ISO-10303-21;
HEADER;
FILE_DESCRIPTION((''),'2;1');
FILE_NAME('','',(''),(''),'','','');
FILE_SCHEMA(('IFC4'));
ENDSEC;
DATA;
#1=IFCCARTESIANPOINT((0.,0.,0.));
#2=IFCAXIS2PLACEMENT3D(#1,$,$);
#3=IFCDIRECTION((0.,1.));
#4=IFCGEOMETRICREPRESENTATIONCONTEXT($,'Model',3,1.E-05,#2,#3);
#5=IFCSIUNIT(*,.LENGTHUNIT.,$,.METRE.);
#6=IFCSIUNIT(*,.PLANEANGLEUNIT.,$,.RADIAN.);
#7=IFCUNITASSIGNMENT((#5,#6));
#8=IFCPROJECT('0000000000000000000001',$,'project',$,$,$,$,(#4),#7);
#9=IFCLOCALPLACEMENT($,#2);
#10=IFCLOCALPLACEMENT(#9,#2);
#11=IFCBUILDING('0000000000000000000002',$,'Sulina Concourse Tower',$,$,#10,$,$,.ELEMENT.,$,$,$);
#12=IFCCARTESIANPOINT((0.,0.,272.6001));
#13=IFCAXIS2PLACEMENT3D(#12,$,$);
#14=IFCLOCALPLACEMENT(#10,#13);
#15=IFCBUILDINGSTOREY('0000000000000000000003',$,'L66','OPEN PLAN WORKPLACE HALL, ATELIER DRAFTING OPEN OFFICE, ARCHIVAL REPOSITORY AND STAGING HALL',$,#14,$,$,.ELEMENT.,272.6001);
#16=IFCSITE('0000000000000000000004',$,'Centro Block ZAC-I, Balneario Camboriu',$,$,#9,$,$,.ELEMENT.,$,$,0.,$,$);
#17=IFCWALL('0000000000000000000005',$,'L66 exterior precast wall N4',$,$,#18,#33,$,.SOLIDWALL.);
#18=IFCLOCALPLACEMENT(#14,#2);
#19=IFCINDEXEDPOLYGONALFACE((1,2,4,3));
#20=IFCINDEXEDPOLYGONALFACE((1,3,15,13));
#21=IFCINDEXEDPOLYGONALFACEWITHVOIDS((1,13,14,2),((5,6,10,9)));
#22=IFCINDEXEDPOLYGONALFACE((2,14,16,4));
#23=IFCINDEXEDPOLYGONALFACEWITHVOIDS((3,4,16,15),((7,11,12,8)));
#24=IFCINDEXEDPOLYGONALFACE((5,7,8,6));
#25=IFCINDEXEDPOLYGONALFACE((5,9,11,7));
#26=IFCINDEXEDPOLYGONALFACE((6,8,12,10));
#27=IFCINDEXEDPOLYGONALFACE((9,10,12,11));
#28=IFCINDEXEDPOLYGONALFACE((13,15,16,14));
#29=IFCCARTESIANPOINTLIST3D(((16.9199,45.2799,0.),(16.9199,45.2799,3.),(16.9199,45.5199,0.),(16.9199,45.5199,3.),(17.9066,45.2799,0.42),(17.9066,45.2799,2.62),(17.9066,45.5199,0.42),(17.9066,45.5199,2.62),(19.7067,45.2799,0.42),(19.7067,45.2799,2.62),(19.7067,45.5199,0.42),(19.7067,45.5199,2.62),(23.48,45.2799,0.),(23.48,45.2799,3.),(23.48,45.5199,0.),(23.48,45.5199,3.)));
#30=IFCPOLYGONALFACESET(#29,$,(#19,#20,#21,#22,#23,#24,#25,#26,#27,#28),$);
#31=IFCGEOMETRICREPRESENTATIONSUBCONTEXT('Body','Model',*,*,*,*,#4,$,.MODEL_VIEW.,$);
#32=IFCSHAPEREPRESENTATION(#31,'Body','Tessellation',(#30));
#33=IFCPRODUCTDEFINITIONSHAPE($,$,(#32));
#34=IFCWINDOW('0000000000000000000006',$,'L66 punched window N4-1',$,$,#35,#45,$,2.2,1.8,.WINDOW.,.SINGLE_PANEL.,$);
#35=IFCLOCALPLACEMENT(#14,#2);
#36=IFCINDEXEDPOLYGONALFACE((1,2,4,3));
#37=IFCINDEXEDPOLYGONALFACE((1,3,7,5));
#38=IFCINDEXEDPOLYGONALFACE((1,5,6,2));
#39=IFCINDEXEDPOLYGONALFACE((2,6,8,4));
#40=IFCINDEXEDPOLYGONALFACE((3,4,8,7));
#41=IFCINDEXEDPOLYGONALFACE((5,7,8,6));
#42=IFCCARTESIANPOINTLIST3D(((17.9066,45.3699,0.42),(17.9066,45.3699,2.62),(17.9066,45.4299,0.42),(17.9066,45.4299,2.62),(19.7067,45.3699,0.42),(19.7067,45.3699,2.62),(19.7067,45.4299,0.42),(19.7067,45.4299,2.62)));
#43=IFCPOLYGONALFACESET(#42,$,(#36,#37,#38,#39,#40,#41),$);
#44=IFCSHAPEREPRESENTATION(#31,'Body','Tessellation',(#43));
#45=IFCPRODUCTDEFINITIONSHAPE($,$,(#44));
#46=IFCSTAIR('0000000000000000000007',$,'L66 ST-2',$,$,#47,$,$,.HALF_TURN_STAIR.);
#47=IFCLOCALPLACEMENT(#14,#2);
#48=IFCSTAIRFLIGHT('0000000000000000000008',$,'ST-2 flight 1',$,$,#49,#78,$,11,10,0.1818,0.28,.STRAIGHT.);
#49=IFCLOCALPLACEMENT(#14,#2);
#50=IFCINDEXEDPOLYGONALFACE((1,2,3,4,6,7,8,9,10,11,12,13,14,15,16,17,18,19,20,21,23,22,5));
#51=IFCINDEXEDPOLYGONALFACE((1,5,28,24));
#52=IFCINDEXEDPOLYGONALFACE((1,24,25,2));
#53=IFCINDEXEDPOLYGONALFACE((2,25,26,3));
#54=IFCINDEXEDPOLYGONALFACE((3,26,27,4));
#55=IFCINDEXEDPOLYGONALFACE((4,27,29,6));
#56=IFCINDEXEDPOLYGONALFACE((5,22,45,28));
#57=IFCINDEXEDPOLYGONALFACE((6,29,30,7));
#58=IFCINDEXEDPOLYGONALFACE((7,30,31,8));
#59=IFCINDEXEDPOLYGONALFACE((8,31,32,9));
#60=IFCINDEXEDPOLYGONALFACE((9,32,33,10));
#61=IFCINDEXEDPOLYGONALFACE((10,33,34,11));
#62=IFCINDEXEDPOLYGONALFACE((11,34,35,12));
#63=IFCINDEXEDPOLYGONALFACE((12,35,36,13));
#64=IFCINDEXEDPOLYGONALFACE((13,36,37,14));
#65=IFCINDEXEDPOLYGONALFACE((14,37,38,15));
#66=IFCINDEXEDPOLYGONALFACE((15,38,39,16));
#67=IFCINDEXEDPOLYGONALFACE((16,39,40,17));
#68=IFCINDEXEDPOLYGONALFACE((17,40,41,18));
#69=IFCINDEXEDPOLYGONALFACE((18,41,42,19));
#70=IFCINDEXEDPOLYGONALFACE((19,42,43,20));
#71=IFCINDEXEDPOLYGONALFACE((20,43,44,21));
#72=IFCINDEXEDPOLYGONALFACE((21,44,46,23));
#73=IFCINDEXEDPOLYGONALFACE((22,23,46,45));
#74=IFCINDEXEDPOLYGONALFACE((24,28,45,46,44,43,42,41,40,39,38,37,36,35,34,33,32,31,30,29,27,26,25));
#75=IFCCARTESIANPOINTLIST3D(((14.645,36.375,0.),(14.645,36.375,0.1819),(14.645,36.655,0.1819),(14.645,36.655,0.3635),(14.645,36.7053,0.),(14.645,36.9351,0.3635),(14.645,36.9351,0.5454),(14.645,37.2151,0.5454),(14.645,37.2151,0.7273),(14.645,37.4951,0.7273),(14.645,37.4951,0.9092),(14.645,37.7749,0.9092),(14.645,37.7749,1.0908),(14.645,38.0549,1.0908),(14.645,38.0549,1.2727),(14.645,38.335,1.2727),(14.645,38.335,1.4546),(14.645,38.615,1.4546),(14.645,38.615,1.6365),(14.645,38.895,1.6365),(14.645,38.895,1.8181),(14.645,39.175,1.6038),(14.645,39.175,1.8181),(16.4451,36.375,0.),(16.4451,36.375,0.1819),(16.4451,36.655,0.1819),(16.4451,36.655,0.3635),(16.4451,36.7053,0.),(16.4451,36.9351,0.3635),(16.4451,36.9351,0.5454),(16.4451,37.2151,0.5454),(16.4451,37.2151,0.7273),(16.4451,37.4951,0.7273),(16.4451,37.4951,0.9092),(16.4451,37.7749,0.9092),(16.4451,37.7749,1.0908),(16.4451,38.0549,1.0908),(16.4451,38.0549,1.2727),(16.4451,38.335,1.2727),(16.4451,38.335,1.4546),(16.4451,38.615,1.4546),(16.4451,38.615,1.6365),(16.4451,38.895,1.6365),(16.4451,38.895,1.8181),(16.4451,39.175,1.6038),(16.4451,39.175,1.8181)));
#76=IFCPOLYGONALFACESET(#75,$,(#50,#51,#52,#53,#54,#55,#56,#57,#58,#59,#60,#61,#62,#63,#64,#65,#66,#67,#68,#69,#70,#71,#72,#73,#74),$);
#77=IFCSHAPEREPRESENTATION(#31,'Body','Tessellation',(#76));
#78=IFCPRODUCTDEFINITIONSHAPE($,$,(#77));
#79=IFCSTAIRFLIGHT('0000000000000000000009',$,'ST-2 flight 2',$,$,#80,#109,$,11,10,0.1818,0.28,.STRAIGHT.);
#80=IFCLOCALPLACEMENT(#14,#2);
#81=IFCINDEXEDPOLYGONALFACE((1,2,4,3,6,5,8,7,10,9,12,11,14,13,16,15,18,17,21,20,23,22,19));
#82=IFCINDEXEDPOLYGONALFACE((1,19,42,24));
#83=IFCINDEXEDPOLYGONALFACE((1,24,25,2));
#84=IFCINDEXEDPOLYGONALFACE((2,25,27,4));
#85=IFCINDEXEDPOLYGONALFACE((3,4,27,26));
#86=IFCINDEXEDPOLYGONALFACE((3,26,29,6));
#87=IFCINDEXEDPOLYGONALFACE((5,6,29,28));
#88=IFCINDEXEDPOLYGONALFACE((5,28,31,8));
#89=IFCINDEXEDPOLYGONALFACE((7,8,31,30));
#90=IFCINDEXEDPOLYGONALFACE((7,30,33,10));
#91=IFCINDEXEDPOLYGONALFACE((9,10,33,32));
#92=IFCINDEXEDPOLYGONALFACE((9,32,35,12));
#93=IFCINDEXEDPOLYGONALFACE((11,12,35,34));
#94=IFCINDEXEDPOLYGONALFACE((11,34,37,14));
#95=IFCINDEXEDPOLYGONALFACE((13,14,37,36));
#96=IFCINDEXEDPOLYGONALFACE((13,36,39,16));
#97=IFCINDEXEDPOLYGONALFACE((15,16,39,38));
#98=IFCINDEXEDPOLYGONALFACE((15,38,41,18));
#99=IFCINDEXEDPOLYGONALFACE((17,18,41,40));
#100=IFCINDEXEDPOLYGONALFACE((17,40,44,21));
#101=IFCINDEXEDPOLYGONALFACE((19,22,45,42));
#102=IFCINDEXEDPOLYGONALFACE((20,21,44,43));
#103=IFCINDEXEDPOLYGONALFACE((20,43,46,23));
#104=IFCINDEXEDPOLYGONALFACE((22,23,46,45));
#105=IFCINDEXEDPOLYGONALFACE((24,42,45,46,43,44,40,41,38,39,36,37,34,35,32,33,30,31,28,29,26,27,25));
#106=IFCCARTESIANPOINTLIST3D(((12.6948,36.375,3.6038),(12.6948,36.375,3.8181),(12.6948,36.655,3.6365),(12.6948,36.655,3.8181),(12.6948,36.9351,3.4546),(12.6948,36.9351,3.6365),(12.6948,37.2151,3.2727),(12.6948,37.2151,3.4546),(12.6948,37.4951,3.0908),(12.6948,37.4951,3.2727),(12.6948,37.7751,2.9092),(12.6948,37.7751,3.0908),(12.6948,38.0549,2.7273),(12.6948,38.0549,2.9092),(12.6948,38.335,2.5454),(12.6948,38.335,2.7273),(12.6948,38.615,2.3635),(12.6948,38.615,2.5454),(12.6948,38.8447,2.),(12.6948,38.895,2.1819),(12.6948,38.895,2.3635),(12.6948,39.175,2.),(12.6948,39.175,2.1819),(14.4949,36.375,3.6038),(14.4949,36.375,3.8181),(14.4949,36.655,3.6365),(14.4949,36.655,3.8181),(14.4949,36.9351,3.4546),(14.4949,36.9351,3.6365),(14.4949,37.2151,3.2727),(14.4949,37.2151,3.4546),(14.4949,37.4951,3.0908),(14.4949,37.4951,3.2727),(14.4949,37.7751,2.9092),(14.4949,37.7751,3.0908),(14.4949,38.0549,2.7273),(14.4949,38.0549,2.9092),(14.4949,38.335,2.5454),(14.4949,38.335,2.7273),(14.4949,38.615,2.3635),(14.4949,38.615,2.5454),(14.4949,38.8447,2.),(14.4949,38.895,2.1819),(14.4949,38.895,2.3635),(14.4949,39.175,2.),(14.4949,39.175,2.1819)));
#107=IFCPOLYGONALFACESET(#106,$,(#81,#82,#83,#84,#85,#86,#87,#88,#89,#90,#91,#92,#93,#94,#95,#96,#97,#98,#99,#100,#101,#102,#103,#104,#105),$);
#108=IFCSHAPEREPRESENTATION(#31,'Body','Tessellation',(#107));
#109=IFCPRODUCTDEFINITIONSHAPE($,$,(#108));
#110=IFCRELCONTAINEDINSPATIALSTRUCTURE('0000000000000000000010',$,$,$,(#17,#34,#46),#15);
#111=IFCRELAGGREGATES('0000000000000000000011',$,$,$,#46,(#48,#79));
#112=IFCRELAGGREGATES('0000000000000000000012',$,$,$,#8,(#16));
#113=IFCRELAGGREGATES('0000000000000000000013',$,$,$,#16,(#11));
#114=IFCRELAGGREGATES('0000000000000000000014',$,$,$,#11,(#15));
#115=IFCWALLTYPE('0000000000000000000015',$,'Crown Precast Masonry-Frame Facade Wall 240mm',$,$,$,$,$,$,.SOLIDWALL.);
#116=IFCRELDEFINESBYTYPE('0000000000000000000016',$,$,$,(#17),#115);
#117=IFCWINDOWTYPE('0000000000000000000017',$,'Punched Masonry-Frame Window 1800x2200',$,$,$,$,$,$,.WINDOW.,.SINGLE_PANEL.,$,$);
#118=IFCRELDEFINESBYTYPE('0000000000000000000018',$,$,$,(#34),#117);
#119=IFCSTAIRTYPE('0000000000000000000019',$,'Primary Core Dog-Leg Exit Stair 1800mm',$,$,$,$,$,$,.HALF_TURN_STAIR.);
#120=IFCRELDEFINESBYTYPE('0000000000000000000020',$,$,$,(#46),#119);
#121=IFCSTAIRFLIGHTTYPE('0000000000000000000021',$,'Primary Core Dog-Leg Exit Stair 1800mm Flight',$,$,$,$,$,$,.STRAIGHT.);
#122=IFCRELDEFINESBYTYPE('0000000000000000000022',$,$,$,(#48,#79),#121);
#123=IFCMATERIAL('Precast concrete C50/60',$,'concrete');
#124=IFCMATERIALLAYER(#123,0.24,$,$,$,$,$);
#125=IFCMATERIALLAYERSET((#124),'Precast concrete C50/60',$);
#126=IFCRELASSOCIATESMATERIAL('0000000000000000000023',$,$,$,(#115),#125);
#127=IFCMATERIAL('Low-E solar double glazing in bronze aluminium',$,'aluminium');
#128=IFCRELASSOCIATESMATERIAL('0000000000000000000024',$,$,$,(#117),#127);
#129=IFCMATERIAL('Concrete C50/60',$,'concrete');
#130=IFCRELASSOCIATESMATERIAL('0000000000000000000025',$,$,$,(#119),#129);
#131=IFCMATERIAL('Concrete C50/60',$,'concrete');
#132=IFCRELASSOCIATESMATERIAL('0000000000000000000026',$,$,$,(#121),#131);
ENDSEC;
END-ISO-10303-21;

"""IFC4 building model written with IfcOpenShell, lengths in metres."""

from ifc_helpers import new_model, si_unit, direction, frame, frame_2d, origin, place, context, subcontext, project, spatial, polyline, rectangle, outline, extrude, material, layer, layer_set, type_object, element, fill, aggregate, save


model = new_model("IFC4")

# Units and contexts
model_context = context("Model", 3, precision=1e-05, world=origin(), true_north=direction((0.0, 1.0)))
body_context = subcontext(model_context, "Body", "Model", "MODEL_VIEW")
ifc_project = project(units=[si_unit("LENGTHUNIT", "METRE"), si_unit("PLANEANGLEUNIT", "RADIAN")], contexts=[model_context])

# Site, building, storey
site_placement = place(None, origin())
site = spatial("IfcSite", under=ifc_project, at=site_placement, Name="Centro Block ZAC-I, Balneario Camboriu", CompositionType="ELEMENT", RefElevation=0.0)
building_placement = place(site_placement, origin())
building = spatial("IfcBuilding", under=site, at=building_placement, Name="Sulina Concourse Tower", CompositionType="ELEMENT")
storey_placement = place(building_placement, frame((0.0, 0.0, 272.6001)))
storey = spatial("IfcBuildingStorey", under=building, at=storey_placement, Name="L66", Description="OPEN PLAN WORKPLACE HALL, ATELIER DRAFTING OPEN OFFICE, ARCHIVAL REPOSITORY AND STAGING HALL", CompositionType="ELEMENT", Elevation=272.6001)

# Shared definitions
ifc_material_1 = material(Name="Precast concrete C50/60", Category="concrete")
ifc_layer_1 = layer(ifc_material_1, 0.24)
ifc_layer_set_1 = layer_set([ifc_layer_1], Name="Precast concrete C50/60")
wall_type_1 = type_object("IfcWallType", Name="Crown Precast Masonry-Frame Facade Wall 240mm", PredefinedType="SOLIDWALL", material=ifc_layer_set_1)

# Wall, opening, window
wall_1_placement = place(storey_placement, frame((16.9199, 45.3999, 0.0), z_axis=(0.0, 0.0, 1.0), x_axis=(1.0, 0.0, 0.0)))
wall_1 = element("IfcWall", 1, at=wall_1_placement, inside=storey, type_object=wall_type_1, Name="L66 exterior precast wall N4", PredefinedType="SOLIDWALL", context=body_context, shape_type="SweptSolid", body=[
    extrude(rectangle(XDim=6.5601, YDim=0.24, at=frame_2d((3.28, 0.0))), origin(), (0.0, 0.0, 1.0), 3.0),
])
opening_1_placement = place(wall_1_placement, frame((0.9868, 0.0, 0.4199)))
opening_1 = element("IfcOpeningElement", 2, at=opening_1_placement, cuts=wall_1, PredefinedType="OPENING", context=body_context, shape_type="SweptSolid", body=[
    extrude(rectangle(XDim=1.8, YDim=2.2, at=frame_2d((0.8999, 1.1001))), frame((0.0, 0.1299, 0.0), z_axis=(0.0, -1.0, 0.0), x_axis=(1.0, 0.0, 0.0)), (0.0, 0.0, 1.0), 0.26),
])
ifc_material_2 = material(Name="Low-E solar double glazing in bronze aluminium", Category="aluminium")
window_type = type_object("IfcWindowType", Name="Punched Masonry-Frame Window 1800x2200", PartitioningType="SINGLE_PANEL", PredefinedType="WINDOW", material=ifc_material_2)
window_placement = place(opening_1_placement, origin())
window = element("IfcWindow", 3, at=window_placement, inside=storey, type_object=window_type, Name="L66 punched window N4-1", OverallHeight=2.2, OverallWidth=1.8, PartitioningType="SINGLE_PANEL", PredefinedType="WINDOW", context=body_context, shape_type="SweptSolid", body=[
    extrude(rectangle(XDim=1.8, YDim=2.2, at=frame_2d((0.8999, 1.1001))), frame((0.0, 0.03, 0.0), z_axis=(0.0, -1.0, 0.0), x_axis=(1.0, 0.0, 0.0)), (0.0, 0.0, 1.0), 0.0601),
])
fill(opening_1, window)

# Stair, stair flights
ifc_material_3 = material(Name="Concrete C50/60", Category="concrete")
stair_type = type_object("IfcStairType", Name="Primary Core Dog-Leg Exit Stair 1800mm", PredefinedType="HALF_TURN_STAIR", material=ifc_material_3)
stair_placement = place(storey_placement, origin())
stair = element("IfcStair", 4, at=stair_placement, inside=storey, type_object=stair_type, Name="L66 ST-2", PredefinedType="HALF_TURN_STAIR")
ifc_material_4 = material(Name="Concrete C50/60", Category="concrete")
stair_flight_type = type_object("IfcStairFlightType", Name="Primary Core Dog-Leg Exit Stair 1800mm Flight", PredefinedType="STRAIGHT", material=ifc_material_4)
stair_flight_1_placement = place(storey_placement, frame((15.5449, 36.375, 0.0), z_axis=(0.0, 0.0, 1.0), x_axis=(0.0, 1.0, 0.0)))
stair_flight_1 = element("IfcStairFlight", 5, at=stair_flight_1_placement, type_object=stair_flight_type, Name="ST-2 flight 1", NumberOfRisers=11, NumberOfTreads=10, PredefinedType="STRAIGHT", RiserHeight=0.1818, TreadLength=0.28, context=body_context, shape_type="SweptSolid", body=[
    extrude(outline(polyline([(0.0, 0.0), (0.0, 0.1819), (0.28, 0.1819), (0.28, 0.3635), (0.5601, 0.3635), (0.5601, 0.5454), (0.8401, 0.5454), (0.8401, 0.7273), (1.1201, 0.7273), (1.1201, 0.9092), (1.3999, 0.9092), (1.3999, 1.0908), (1.6799, 1.0908), (1.6799, 1.2727), (1.96, 1.2727), (1.96, 1.4546), (2.24, 1.4546), (2.24, 1.6365), (2.52, 1.6365), (2.52, 1.8181), (2.8, 1.8181), (2.8, 2.0), (2.8, 1.6038), (0.3303, 0.0), (0.0, 0.0)])), frame((0.0, 0.8999, 0.0), z_axis=(0.0, -1.0, 0.0), x_axis=(1.0, 0.0, 0.0)), (0.0, 0.0, 1.0), 1.8),
])
stair_flight_2_placement = place(storey_placement, frame((13.595, 39.175, 2.0), z_axis=(0.0, 0.0, 1.0), x_axis=(0.0, -1.0, 0.0)))
stair_flight_2 = element("IfcStairFlight", 6, at=stair_flight_2_placement, type_object=stair_flight_type, Name="ST-2 flight 2", NumberOfRisers=11, NumberOfTreads=10, PredefinedType="STRAIGHT", RiserHeight=0.1818, TreadLength=0.28, context=body_context, shape_type="SweptSolid", body=[
    extrude(outline(polyline([(0.0, 0.0), (0.0, 0.1819), (0.28, 0.1819), (0.28, 0.3635), (0.5601, 0.3635), (0.5601, 0.5454), (0.8401, 0.5454), (0.8401, 0.7273), (1.1201, 0.7273), (1.1201, 0.9092), (1.3999, 0.9092), (1.3999, 1.0908), (1.6799, 1.0908), (1.6799, 1.2727), (1.96, 1.2727), (1.96, 1.4546), (2.24, 1.4546), (2.24, 1.6365), (2.52, 1.6365), (2.52, 1.8181), (2.8, 1.8181), (2.8, 2.0), (2.8, 1.6038), (0.3303, 0.0), (0.0, 0.0)])), frame((0.0, 0.8999, 0.0), z_axis=(0.0, -1.0, 0.0), x_axis=(1.0, 0.0, 0.0)), (0.0, 0.0, 1.0), 1.8),
])
aggregate(stair, [stair_flight_1, stair_flight_2])

save(model, "model.ifc")
